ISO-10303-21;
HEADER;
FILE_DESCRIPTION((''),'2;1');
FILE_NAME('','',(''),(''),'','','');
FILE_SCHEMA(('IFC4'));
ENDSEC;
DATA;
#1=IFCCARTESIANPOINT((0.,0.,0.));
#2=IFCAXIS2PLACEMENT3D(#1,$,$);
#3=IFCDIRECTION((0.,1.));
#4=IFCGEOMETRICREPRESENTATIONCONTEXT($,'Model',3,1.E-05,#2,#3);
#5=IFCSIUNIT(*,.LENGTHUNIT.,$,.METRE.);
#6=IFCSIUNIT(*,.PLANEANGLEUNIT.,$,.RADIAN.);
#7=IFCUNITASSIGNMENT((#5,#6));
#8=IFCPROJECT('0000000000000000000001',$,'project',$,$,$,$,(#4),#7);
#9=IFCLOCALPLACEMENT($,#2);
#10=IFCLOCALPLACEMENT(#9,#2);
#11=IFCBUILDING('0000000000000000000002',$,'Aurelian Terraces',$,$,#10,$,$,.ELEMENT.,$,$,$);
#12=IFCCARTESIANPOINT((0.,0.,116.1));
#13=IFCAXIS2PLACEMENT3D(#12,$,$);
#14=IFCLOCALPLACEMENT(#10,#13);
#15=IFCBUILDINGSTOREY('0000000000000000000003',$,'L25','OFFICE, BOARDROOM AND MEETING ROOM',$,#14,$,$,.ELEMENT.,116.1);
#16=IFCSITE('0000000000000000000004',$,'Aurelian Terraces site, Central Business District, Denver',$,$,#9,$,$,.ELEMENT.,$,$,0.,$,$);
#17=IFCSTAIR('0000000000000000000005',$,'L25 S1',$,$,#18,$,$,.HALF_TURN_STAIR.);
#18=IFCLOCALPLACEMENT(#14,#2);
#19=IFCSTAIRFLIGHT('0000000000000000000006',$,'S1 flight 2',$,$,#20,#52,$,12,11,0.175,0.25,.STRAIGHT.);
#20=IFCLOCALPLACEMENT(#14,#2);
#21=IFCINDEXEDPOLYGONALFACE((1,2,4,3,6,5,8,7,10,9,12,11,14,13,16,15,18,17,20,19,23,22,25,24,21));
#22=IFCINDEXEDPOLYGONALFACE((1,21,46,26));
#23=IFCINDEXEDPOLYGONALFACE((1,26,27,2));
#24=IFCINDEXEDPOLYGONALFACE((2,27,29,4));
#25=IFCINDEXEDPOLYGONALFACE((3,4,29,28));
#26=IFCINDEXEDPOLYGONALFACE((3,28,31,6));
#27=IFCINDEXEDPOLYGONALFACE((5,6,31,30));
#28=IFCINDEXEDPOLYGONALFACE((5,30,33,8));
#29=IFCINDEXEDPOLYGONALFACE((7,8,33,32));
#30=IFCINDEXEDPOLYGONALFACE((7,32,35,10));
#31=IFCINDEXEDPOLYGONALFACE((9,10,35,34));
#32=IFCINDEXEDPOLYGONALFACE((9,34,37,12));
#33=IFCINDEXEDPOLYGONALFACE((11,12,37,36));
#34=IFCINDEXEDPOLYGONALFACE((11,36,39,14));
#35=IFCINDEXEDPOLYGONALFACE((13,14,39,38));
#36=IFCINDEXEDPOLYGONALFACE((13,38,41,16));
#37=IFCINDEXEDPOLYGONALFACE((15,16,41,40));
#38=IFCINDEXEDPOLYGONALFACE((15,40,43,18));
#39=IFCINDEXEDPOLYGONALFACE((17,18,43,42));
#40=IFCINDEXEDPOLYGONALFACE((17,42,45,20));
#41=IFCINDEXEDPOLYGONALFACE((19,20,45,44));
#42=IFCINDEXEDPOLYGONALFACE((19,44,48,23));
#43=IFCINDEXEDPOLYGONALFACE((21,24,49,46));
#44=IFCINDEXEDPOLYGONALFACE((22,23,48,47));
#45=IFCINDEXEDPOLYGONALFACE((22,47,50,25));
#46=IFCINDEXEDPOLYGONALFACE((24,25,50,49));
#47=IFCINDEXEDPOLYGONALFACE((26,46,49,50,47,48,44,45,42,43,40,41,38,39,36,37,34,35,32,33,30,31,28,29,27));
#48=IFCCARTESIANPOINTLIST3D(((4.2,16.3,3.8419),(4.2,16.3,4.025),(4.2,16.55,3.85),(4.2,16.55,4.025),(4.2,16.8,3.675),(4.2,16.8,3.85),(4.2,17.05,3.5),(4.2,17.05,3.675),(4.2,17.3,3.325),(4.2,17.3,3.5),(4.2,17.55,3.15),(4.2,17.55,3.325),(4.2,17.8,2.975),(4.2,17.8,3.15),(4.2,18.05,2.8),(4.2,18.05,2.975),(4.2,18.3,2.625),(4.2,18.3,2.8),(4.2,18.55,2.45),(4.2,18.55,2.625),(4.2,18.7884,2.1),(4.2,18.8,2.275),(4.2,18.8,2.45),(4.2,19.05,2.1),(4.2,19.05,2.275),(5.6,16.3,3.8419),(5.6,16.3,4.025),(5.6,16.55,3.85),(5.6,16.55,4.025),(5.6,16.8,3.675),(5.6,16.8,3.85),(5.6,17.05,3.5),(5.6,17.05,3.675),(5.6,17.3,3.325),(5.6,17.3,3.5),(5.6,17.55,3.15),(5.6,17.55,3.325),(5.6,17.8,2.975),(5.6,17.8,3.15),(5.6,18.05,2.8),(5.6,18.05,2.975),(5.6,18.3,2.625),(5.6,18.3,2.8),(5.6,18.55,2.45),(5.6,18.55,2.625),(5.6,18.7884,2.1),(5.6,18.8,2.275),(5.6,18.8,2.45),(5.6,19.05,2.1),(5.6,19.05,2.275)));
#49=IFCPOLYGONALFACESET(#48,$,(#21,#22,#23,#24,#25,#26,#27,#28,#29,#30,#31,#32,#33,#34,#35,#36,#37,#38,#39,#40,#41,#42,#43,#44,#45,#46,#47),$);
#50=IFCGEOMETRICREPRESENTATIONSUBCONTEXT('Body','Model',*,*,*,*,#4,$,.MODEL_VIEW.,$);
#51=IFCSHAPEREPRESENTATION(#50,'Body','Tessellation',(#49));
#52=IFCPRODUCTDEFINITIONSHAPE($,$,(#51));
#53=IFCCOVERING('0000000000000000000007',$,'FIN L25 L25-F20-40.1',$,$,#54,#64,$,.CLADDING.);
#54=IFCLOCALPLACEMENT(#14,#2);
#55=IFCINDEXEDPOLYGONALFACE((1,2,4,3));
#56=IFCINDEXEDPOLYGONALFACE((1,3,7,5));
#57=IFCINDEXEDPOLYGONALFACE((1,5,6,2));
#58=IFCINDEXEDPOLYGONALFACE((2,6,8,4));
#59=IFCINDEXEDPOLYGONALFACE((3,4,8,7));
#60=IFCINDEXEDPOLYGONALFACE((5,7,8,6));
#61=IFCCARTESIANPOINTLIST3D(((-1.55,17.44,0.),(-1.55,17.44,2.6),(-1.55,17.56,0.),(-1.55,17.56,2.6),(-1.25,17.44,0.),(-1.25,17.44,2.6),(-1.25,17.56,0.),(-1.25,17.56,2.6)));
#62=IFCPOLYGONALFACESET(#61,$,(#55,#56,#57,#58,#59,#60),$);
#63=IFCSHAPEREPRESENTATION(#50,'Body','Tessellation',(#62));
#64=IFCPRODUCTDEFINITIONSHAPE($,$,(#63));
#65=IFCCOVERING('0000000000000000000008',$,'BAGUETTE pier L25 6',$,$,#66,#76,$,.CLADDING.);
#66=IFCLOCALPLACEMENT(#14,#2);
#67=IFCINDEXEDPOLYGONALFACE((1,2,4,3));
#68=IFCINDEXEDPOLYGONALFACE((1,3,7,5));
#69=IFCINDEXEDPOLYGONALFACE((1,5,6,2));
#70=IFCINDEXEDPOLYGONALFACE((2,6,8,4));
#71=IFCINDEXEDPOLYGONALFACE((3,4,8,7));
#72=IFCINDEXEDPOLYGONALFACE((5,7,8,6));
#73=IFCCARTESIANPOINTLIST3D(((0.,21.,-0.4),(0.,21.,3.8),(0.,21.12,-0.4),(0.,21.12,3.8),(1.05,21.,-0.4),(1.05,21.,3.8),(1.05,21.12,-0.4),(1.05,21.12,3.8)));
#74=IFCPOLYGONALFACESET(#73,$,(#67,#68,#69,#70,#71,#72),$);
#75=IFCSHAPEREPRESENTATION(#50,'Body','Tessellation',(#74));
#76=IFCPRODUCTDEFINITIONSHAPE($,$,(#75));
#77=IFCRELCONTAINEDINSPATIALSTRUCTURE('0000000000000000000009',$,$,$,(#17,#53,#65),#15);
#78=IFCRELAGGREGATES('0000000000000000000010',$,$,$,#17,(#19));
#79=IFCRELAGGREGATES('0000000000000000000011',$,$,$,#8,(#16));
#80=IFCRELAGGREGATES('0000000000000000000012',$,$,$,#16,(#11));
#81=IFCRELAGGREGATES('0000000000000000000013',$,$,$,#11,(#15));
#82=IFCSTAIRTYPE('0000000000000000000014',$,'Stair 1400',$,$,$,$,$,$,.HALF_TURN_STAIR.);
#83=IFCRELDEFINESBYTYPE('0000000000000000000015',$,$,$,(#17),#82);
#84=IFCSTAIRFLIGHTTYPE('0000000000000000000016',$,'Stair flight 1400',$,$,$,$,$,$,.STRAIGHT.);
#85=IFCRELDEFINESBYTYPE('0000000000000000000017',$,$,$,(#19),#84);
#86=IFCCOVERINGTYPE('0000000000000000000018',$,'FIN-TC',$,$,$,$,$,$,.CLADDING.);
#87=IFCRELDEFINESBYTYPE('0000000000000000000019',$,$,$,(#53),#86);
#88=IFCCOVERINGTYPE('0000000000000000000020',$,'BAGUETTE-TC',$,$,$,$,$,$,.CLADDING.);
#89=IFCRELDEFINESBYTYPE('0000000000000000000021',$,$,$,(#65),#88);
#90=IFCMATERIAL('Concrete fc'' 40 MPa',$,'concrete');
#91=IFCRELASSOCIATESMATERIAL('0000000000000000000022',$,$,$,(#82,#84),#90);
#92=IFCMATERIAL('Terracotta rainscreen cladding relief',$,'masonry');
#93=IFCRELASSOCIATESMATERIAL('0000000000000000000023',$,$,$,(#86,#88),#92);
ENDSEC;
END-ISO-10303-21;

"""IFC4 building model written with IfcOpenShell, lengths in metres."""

from ifc_helpers import new_model, si_unit, direction, frame, origin, origin_2d, place, context, subcontext, project, spatial, polyline, rectangle, outline, extrude, source, transform, mapped, material, type_object, element, aggregate, save


model = new_model("IFC4")

# Units and contexts
model_context = context("Model", 3, precision=1e-05, world=origin(), true_north=direction((0.0, 1.0)))
body_context = subcontext(model_context, "Body", "Model", "MODEL_VIEW")
ifc_project = project(units=[si_unit("LENGTHUNIT", "METRE"), si_unit("PLANEANGLEUNIT", "RADIAN")], contexts=[model_context])

# Site, building, storey
site_placement = place(None, origin())
site = spatial("IfcSite", under=ifc_project, at=site_placement, Name="Aurelian Terraces site, Central Business District, Denver", CompositionType="ELEMENT", RefElevation=0.0)
building_placement = place(site_placement, origin())
building = spatial("IfcBuilding", under=site, at=building_placement, Name="Aurelian Terraces", CompositionType="ELEMENT")
storey_placement = place(building_placement, frame((0.0, 0.0, 116.1)))
storey = spatial("IfcBuildingStorey", under=building, at=storey_placement, Name="L25", Description="OFFICE, BOARDROOM AND MEETING ROOM", CompositionType="ELEMENT", Elevation=116.1)

# Stair, stair flight
ifc_material_1 = material(Name="Concrete fc' 40 MPa", Category="concrete")
stair_type = type_object("IfcStairType", Name="Stair 1400", PredefinedType="HALF_TURN_STAIR", material=ifc_material_1)
stair_placement = place(storey_placement, origin())
stair = element("IfcStair", 1, at=stair_placement, inside=storey, type_object=stair_type, Name="L25 S1", PredefinedType="HALF_TURN_STAIR")
stair_flight_type = type_object("IfcStairFlightType", Name="Stair flight 1400", PredefinedType="STRAIGHT", material=ifc_material_1)
shared_shape_1 = source(origin(), body_context, "Body", "SweptSolid", [
    extrude(outline(polyline([(0.0, 0.0), (0.0, 0.175), (0.25, 0.175), (0.25, 0.35), (0.5, 0.35), (0.5, 0.525), (0.75, 0.525), (0.75, 0.7), (1.0, 0.7), (1.0, 0.875), (1.25, 0.875), (1.25, 1.05), (1.5, 1.05), (1.5, 1.225), (1.75, 1.225), (1.75, 1.4), (2.0, 1.4), (2.0, 1.575), (2.25, 1.575), (2.25, 1.75), (2.5, 1.75), (2.5, 1.925), (2.75, 1.925), (2.75, 2.1), (2.75, 1.7419), (0.2616, 0.0), (0.0, 0.0)])), frame((0.0, 0.7, 0.0), z_axis=(0.0, -1.0, 0.0), x_axis=(1.0, 0.0, 0.0)), (0.0, 0.0, 1.0), 1.4),
])
stair_flight_placement = place(storey_placement, frame((4.9, 19.05, 2.1), z_axis=(0.0, 0.0, 1.0), x_axis=(0.0, -1.0, 0.0)))
stair_flight = element("IfcStairFlight", 2, at=stair_flight_placement, type_object=stair_flight_type, Name="S1 flight 2", NumberOfRisers=12, NumberOfTreads=11, PredefinedType="STRAIGHT", RiserHeight=0.175, TreadLength=0.25, context=body_context, shape_type="MappedRepresentation", body=[
    mapped(shared_shape_1, transform((0.0, 0.0, 0.0), scale=1.0)),
])
aggregate(stair, [stair_flight])

# Covering
ifc_material_2 = material(Name="Terracotta rainscreen cladding relief", Category="masonry")
covering_type_1 = type_object("IfcCoveringType", Name="FIN-TC", PredefinedType="CLADDING", material=ifc_material_2)
shared_shape_2 = source(origin(), body_context, "Body", "SweptSolid", [
    extrude(rectangle(XDim=0.3, YDim=0.12, at=origin_2d()), origin(), (0.0, 0.0, 1.0), 2.6),
])
covering_1_placement = place(storey_placement, frame((-1.4, 17.5, 0.0), z_axis=(0.0, 0.0, 1.0), x_axis=(1.0, 0.0, 0.0)))
element("IfcCovering", 3, at=covering_1_placement, inside=storey, type_object=covering_type_1, Name="FIN L25 L25-F20-40.1", PredefinedType="CLADDING", context=body_context, shape_type="MappedRepresentation", body=[
    mapped(shared_shape_2, transform((0.0, 0.0, 0.0), scale=1.0)),
])

# Covering
covering_type_2 = type_object("IfcCoveringType", Name="BAGUETTE-TC", PredefinedType="CLADDING", material=ifc_material_2)
shared_shape_3 = source(origin(), body_context, "Body", "SweptSolid", [
    extrude(rectangle(XDim=1.05, YDim=0.12, at=origin_2d()), origin(), (0.0, 0.0, 1.0), 4.2),
])
covering_2_placement = place(storey_placement, frame((0.525, 21.06, -0.4), z_axis=(0.0, 0.0, 1.0), x_axis=(1.0, 0.0, 0.0)))
element("IfcCovering", 4, at=covering_2_placement, inside=storey, type_object=covering_type_2, Name="BAGUETTE pier L25 6", PredefinedType="CLADDING", context=body_context, shape_type="MappedRepresentation", body=[
    mapped(shared_shape_3, transform((0.0, 0.0, 0.0), scale=1.0)),
])

save(model, "model.ifc")
